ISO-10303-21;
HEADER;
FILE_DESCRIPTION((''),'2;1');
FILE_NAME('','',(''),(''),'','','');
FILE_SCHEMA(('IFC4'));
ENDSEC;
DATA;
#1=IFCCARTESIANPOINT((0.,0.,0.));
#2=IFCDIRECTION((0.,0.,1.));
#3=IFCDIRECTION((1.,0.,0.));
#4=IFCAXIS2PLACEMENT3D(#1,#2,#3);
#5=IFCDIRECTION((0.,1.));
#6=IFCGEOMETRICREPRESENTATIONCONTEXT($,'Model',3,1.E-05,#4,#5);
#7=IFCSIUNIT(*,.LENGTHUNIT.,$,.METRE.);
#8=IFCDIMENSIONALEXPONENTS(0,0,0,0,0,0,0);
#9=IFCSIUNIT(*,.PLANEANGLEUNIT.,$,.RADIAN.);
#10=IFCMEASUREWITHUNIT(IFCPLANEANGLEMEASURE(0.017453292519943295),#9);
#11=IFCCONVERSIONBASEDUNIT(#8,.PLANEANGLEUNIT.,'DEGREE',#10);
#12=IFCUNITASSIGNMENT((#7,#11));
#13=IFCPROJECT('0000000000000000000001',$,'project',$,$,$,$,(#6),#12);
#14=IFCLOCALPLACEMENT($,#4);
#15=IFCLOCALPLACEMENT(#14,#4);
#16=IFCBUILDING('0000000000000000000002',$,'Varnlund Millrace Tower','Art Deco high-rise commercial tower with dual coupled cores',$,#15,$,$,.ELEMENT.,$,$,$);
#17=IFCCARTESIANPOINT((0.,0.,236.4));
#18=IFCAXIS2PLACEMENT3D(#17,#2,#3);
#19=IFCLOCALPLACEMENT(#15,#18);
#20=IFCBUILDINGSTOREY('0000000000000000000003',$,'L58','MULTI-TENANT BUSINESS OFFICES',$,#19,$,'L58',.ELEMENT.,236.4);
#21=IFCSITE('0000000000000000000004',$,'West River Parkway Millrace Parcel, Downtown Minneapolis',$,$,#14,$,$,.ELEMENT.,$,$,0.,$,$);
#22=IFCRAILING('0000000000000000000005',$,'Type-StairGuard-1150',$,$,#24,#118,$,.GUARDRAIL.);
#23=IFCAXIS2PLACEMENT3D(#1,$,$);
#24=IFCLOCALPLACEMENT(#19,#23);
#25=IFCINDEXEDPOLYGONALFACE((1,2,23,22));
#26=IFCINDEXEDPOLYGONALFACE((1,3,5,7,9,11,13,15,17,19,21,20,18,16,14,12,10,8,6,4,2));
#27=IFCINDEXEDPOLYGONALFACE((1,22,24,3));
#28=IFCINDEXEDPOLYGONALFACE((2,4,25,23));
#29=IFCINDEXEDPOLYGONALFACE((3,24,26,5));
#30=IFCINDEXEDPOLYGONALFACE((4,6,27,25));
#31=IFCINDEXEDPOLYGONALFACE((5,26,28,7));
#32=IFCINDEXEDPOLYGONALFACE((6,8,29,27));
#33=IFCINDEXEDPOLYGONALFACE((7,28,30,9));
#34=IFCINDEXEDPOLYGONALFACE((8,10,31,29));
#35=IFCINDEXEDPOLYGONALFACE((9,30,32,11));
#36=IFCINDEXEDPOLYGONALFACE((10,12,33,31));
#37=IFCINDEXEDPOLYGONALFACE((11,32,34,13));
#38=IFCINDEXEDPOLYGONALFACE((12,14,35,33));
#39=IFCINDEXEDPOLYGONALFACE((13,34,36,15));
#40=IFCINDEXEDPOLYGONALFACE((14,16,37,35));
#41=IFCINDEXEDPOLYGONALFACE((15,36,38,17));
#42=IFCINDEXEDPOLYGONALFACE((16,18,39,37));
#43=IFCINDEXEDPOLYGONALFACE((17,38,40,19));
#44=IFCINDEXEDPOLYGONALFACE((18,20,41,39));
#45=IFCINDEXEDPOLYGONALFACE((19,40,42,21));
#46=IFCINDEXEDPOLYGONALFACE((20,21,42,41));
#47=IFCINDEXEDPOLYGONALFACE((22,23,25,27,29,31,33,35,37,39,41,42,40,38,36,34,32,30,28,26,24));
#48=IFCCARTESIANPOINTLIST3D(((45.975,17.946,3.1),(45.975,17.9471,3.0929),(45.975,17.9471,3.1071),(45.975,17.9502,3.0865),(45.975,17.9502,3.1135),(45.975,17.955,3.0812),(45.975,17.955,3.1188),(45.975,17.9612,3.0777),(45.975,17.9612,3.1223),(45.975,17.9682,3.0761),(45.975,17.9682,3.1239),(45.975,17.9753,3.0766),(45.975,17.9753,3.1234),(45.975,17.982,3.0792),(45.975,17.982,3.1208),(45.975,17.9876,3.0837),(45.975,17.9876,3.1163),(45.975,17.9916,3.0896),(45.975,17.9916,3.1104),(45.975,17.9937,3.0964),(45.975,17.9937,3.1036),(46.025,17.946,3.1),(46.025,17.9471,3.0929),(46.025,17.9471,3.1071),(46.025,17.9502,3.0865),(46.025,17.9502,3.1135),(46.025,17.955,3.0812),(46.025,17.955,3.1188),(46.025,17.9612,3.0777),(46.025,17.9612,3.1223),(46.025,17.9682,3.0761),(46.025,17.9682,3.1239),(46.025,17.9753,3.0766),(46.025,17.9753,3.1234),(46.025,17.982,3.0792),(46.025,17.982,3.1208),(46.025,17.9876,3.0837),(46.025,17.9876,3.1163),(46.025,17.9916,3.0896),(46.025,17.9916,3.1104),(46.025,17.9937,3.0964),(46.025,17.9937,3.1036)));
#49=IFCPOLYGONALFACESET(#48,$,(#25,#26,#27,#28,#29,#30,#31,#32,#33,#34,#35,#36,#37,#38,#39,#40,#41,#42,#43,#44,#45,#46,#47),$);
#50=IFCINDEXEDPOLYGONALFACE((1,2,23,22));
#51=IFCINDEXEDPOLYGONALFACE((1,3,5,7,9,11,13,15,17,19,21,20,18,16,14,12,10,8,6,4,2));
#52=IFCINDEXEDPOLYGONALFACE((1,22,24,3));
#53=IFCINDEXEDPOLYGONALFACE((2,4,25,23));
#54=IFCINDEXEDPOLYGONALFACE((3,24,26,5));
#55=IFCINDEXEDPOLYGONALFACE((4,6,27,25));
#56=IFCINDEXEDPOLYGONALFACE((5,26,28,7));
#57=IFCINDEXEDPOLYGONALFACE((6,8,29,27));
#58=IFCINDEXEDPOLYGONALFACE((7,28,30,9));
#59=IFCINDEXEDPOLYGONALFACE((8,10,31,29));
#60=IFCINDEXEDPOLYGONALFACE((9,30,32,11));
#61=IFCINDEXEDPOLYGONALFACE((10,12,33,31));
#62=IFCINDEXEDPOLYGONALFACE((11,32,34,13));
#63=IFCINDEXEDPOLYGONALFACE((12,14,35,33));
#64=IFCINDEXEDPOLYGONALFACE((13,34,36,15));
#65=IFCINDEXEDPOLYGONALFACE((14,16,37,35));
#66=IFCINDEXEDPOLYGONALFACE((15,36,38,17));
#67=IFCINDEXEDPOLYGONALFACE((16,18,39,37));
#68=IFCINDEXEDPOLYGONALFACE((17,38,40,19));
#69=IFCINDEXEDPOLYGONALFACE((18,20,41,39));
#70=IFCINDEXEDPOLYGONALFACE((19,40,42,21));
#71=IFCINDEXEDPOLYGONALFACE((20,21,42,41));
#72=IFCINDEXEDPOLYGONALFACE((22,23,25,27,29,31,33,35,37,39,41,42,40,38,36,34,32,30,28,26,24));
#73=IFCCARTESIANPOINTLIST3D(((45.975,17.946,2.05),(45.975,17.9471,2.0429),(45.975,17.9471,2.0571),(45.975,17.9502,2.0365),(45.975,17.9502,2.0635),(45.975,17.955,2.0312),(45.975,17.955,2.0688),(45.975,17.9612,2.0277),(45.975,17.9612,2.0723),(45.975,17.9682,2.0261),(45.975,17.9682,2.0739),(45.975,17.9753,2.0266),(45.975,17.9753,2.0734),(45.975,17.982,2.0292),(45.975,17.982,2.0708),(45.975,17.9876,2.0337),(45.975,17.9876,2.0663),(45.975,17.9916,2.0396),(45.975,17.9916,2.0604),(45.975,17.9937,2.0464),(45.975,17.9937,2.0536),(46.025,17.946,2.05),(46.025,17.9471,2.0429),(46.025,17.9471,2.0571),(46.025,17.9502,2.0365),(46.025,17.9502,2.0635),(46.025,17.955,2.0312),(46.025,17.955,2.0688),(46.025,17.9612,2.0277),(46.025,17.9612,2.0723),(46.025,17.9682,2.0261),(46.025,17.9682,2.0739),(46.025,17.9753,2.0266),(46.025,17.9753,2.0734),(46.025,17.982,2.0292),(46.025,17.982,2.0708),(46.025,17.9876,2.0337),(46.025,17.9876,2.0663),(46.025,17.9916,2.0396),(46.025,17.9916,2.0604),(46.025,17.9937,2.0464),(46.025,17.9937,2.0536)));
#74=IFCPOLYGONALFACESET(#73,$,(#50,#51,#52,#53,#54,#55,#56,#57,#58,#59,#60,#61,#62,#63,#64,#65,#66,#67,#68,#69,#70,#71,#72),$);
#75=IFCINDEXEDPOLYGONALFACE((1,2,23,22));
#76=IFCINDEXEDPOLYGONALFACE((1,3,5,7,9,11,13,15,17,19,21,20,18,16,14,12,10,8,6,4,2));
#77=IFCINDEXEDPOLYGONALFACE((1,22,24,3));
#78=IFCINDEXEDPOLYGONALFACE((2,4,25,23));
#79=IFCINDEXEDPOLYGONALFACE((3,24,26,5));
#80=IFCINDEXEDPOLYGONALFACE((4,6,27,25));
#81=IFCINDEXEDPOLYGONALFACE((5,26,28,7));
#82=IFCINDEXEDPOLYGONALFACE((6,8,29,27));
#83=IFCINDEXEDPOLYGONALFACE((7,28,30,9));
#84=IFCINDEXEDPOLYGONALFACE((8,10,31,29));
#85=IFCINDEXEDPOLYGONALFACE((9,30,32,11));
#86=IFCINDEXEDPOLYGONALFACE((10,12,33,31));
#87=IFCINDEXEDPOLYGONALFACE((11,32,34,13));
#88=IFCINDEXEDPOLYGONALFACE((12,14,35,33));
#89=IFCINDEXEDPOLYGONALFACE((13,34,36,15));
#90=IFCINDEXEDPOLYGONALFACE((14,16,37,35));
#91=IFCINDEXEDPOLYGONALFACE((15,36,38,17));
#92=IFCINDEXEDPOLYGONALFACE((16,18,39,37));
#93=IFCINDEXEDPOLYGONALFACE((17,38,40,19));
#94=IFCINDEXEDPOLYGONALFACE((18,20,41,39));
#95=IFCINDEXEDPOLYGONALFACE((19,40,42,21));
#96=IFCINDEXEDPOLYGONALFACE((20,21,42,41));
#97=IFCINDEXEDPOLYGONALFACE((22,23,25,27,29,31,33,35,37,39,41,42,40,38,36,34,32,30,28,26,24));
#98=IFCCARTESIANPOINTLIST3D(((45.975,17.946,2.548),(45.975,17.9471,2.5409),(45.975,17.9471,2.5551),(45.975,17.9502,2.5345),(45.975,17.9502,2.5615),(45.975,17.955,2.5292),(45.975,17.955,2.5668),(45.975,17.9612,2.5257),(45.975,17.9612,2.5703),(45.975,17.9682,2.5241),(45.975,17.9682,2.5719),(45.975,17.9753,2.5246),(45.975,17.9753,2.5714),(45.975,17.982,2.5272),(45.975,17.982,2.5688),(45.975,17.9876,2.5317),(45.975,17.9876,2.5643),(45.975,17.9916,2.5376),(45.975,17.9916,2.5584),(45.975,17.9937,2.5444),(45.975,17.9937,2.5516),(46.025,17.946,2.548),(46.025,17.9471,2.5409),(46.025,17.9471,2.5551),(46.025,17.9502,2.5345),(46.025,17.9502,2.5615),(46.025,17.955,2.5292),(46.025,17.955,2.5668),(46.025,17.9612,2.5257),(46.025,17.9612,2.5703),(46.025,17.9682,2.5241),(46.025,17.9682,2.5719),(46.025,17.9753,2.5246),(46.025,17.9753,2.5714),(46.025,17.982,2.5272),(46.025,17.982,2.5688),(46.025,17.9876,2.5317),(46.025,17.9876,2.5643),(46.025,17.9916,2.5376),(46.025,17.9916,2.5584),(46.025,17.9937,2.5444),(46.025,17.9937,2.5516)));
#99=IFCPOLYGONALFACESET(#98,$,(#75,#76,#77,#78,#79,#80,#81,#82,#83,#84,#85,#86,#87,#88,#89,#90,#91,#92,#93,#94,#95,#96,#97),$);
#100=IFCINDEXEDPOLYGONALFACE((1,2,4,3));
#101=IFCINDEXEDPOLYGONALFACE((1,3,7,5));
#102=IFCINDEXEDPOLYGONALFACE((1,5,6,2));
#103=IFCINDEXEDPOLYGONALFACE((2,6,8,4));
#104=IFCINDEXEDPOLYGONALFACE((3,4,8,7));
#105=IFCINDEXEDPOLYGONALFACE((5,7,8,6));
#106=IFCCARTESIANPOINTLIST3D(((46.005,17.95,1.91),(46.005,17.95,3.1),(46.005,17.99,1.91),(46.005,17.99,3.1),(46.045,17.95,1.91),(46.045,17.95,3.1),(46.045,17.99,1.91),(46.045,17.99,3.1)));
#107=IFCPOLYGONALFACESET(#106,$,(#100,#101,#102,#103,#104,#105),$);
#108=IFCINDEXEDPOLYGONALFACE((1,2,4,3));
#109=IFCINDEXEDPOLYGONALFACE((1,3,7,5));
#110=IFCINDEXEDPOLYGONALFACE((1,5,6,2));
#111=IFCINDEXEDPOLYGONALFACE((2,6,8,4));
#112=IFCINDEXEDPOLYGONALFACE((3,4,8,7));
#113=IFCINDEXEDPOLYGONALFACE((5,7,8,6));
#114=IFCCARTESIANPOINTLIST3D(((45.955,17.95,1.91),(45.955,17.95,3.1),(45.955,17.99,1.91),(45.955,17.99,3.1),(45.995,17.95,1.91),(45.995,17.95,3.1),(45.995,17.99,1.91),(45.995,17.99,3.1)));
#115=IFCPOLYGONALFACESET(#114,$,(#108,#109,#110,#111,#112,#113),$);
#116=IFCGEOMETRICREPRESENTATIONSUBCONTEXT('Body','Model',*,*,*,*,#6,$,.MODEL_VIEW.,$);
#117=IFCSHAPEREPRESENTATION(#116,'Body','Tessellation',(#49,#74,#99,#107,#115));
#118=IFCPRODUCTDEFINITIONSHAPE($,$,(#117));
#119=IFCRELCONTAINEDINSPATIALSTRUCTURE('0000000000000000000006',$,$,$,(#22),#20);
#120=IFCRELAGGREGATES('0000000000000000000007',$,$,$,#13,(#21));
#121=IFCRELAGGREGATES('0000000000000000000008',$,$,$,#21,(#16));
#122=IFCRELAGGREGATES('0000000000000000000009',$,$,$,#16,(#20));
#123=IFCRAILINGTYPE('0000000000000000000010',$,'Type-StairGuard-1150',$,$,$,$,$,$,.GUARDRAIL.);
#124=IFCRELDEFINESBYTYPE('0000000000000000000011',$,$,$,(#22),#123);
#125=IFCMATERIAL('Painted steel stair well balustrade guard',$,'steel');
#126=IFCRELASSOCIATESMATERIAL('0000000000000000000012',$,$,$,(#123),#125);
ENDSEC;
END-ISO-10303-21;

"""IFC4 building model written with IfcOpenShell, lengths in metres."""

from ifc_helpers import new_model, entity, si_unit, converted_unit, direction, frame, origin_with_axes, origin_2d_with_axis, place, context, subcontext, project, spatial, rectangle, circle, extrude, material, type_object, element, save


model = new_model("IFC4")

# Units and contexts
model_context = context("Model", 3, precision=1e-05, world=origin_with_axes(), true_north=direction((0.0, 1.0)))
body_context = subcontext(model_context, "Body", "Model", "MODEL_VIEW")
ifc_project = project(units=[si_unit("LENGTHUNIT", "METRE"), converted_unit("PLANEANGLEUNIT", "DEGREE", entity("IfcPlaneAngleMeasure", 0.017453292519943295), si_unit("PLANEANGLEUNIT", "RADIAN"), dimensions=[0, 0, 0, 0, 0, 0, 0])], contexts=[model_context])

# Site, building, storey
site_placement = place(None, origin_with_axes())
site = spatial("IfcSite", under=ifc_project, at=site_placement, Name="West River Parkway Millrace Parcel, Downtown Minneapolis", CompositionType="ELEMENT", RefElevation=0.0)
building_placement = place(site_placement, origin_with_axes())
building = spatial("IfcBuilding", under=site, at=building_placement, Name="Varnlund Millrace Tower", Description="Art Deco high-rise commercial tower with dual coupled cores", CompositionType="ELEMENT")
storey_placement = place(building_placement, frame((0.0, 0.0, 236.4), z_axis=(0.0, 0.0, 1.0), x_axis=(1.0, 0.0, 0.0)))
storey = spatial("IfcBuildingStorey", under=building, at=storey_placement, Name="L58", Description="MULTI-TENANT BUSINESS OFFICES", LongName="L58", CompositionType="ELEMENT", Elevation=236.4)

# Railing
ifc_material_1 = material(Name="Painted steel stair well balustrade guard", Category="steel")
railing_type_1 = type_object("IfcRailingType", Name="Type-StairGuard-1150", PredefinedType="GUARDRAIL", material=ifc_material_1)
railing_1_placement = place(storey_placement, frame((0.0, 0.0, -236.4), z_axis=(0.0, 0.0, 1.0), x_axis=(1.0, 0.0, 0.0)))
element("IfcRailing", 1, at=railing_1_placement, inside=storey, type_object=railing_type_1, Name="Type-StairGuard-1150", PredefinedType="GUARDRAIL", context=body_context, shape_type="SweptSolid", body=[
    extrude(circle(Radius=0.024, at=origin_2d_with_axis()), frame((46.025, 17.97, 239.5), z_axis=(-1.0, 0.0, 0.0), x_axis=(0.0, -1.0, 0.0)), (0.0, 0.0, 1.0), 0.05),
    extrude(circle(Radius=0.024, at=origin_2d_with_axis()), frame((46.025, 17.97, 238.45), z_axis=(-1.0, 0.0, 0.0), x_axis=(0.0, -1.0, 0.0)), (0.0, 0.0, 1.0), 0.05),
    extrude(circle(Radius=0.024, at=origin_2d_with_axis()), frame((46.025, 17.97, 238.948), z_axis=(-1.0, 0.0, 0.0), x_axis=(0.0, -1.0, 0.0)), (0.0, 0.0, 1.0), 0.05),
    extrude(rectangle(XDim=0.04, YDim=0.04, at=origin_2d_with_axis()), frame((46.025, 17.97, 238.31), z_axis=(0.0, 0.0, 1.0), x_axis=(1.0, 0.0, 0.0)), (0.0, 0.0, 1.0), 1.19),
    extrude(rectangle(XDim=0.04, YDim=0.04, at=origin_2d_with_axis()), frame((45.975, 17.97, 238.31), z_axis=(0.0, 0.0, 1.0), x_axis=(1.0, 0.0, 0.0)), (0.0, 0.0, 1.0), 1.19),
])

save(model, "model.ifc")
